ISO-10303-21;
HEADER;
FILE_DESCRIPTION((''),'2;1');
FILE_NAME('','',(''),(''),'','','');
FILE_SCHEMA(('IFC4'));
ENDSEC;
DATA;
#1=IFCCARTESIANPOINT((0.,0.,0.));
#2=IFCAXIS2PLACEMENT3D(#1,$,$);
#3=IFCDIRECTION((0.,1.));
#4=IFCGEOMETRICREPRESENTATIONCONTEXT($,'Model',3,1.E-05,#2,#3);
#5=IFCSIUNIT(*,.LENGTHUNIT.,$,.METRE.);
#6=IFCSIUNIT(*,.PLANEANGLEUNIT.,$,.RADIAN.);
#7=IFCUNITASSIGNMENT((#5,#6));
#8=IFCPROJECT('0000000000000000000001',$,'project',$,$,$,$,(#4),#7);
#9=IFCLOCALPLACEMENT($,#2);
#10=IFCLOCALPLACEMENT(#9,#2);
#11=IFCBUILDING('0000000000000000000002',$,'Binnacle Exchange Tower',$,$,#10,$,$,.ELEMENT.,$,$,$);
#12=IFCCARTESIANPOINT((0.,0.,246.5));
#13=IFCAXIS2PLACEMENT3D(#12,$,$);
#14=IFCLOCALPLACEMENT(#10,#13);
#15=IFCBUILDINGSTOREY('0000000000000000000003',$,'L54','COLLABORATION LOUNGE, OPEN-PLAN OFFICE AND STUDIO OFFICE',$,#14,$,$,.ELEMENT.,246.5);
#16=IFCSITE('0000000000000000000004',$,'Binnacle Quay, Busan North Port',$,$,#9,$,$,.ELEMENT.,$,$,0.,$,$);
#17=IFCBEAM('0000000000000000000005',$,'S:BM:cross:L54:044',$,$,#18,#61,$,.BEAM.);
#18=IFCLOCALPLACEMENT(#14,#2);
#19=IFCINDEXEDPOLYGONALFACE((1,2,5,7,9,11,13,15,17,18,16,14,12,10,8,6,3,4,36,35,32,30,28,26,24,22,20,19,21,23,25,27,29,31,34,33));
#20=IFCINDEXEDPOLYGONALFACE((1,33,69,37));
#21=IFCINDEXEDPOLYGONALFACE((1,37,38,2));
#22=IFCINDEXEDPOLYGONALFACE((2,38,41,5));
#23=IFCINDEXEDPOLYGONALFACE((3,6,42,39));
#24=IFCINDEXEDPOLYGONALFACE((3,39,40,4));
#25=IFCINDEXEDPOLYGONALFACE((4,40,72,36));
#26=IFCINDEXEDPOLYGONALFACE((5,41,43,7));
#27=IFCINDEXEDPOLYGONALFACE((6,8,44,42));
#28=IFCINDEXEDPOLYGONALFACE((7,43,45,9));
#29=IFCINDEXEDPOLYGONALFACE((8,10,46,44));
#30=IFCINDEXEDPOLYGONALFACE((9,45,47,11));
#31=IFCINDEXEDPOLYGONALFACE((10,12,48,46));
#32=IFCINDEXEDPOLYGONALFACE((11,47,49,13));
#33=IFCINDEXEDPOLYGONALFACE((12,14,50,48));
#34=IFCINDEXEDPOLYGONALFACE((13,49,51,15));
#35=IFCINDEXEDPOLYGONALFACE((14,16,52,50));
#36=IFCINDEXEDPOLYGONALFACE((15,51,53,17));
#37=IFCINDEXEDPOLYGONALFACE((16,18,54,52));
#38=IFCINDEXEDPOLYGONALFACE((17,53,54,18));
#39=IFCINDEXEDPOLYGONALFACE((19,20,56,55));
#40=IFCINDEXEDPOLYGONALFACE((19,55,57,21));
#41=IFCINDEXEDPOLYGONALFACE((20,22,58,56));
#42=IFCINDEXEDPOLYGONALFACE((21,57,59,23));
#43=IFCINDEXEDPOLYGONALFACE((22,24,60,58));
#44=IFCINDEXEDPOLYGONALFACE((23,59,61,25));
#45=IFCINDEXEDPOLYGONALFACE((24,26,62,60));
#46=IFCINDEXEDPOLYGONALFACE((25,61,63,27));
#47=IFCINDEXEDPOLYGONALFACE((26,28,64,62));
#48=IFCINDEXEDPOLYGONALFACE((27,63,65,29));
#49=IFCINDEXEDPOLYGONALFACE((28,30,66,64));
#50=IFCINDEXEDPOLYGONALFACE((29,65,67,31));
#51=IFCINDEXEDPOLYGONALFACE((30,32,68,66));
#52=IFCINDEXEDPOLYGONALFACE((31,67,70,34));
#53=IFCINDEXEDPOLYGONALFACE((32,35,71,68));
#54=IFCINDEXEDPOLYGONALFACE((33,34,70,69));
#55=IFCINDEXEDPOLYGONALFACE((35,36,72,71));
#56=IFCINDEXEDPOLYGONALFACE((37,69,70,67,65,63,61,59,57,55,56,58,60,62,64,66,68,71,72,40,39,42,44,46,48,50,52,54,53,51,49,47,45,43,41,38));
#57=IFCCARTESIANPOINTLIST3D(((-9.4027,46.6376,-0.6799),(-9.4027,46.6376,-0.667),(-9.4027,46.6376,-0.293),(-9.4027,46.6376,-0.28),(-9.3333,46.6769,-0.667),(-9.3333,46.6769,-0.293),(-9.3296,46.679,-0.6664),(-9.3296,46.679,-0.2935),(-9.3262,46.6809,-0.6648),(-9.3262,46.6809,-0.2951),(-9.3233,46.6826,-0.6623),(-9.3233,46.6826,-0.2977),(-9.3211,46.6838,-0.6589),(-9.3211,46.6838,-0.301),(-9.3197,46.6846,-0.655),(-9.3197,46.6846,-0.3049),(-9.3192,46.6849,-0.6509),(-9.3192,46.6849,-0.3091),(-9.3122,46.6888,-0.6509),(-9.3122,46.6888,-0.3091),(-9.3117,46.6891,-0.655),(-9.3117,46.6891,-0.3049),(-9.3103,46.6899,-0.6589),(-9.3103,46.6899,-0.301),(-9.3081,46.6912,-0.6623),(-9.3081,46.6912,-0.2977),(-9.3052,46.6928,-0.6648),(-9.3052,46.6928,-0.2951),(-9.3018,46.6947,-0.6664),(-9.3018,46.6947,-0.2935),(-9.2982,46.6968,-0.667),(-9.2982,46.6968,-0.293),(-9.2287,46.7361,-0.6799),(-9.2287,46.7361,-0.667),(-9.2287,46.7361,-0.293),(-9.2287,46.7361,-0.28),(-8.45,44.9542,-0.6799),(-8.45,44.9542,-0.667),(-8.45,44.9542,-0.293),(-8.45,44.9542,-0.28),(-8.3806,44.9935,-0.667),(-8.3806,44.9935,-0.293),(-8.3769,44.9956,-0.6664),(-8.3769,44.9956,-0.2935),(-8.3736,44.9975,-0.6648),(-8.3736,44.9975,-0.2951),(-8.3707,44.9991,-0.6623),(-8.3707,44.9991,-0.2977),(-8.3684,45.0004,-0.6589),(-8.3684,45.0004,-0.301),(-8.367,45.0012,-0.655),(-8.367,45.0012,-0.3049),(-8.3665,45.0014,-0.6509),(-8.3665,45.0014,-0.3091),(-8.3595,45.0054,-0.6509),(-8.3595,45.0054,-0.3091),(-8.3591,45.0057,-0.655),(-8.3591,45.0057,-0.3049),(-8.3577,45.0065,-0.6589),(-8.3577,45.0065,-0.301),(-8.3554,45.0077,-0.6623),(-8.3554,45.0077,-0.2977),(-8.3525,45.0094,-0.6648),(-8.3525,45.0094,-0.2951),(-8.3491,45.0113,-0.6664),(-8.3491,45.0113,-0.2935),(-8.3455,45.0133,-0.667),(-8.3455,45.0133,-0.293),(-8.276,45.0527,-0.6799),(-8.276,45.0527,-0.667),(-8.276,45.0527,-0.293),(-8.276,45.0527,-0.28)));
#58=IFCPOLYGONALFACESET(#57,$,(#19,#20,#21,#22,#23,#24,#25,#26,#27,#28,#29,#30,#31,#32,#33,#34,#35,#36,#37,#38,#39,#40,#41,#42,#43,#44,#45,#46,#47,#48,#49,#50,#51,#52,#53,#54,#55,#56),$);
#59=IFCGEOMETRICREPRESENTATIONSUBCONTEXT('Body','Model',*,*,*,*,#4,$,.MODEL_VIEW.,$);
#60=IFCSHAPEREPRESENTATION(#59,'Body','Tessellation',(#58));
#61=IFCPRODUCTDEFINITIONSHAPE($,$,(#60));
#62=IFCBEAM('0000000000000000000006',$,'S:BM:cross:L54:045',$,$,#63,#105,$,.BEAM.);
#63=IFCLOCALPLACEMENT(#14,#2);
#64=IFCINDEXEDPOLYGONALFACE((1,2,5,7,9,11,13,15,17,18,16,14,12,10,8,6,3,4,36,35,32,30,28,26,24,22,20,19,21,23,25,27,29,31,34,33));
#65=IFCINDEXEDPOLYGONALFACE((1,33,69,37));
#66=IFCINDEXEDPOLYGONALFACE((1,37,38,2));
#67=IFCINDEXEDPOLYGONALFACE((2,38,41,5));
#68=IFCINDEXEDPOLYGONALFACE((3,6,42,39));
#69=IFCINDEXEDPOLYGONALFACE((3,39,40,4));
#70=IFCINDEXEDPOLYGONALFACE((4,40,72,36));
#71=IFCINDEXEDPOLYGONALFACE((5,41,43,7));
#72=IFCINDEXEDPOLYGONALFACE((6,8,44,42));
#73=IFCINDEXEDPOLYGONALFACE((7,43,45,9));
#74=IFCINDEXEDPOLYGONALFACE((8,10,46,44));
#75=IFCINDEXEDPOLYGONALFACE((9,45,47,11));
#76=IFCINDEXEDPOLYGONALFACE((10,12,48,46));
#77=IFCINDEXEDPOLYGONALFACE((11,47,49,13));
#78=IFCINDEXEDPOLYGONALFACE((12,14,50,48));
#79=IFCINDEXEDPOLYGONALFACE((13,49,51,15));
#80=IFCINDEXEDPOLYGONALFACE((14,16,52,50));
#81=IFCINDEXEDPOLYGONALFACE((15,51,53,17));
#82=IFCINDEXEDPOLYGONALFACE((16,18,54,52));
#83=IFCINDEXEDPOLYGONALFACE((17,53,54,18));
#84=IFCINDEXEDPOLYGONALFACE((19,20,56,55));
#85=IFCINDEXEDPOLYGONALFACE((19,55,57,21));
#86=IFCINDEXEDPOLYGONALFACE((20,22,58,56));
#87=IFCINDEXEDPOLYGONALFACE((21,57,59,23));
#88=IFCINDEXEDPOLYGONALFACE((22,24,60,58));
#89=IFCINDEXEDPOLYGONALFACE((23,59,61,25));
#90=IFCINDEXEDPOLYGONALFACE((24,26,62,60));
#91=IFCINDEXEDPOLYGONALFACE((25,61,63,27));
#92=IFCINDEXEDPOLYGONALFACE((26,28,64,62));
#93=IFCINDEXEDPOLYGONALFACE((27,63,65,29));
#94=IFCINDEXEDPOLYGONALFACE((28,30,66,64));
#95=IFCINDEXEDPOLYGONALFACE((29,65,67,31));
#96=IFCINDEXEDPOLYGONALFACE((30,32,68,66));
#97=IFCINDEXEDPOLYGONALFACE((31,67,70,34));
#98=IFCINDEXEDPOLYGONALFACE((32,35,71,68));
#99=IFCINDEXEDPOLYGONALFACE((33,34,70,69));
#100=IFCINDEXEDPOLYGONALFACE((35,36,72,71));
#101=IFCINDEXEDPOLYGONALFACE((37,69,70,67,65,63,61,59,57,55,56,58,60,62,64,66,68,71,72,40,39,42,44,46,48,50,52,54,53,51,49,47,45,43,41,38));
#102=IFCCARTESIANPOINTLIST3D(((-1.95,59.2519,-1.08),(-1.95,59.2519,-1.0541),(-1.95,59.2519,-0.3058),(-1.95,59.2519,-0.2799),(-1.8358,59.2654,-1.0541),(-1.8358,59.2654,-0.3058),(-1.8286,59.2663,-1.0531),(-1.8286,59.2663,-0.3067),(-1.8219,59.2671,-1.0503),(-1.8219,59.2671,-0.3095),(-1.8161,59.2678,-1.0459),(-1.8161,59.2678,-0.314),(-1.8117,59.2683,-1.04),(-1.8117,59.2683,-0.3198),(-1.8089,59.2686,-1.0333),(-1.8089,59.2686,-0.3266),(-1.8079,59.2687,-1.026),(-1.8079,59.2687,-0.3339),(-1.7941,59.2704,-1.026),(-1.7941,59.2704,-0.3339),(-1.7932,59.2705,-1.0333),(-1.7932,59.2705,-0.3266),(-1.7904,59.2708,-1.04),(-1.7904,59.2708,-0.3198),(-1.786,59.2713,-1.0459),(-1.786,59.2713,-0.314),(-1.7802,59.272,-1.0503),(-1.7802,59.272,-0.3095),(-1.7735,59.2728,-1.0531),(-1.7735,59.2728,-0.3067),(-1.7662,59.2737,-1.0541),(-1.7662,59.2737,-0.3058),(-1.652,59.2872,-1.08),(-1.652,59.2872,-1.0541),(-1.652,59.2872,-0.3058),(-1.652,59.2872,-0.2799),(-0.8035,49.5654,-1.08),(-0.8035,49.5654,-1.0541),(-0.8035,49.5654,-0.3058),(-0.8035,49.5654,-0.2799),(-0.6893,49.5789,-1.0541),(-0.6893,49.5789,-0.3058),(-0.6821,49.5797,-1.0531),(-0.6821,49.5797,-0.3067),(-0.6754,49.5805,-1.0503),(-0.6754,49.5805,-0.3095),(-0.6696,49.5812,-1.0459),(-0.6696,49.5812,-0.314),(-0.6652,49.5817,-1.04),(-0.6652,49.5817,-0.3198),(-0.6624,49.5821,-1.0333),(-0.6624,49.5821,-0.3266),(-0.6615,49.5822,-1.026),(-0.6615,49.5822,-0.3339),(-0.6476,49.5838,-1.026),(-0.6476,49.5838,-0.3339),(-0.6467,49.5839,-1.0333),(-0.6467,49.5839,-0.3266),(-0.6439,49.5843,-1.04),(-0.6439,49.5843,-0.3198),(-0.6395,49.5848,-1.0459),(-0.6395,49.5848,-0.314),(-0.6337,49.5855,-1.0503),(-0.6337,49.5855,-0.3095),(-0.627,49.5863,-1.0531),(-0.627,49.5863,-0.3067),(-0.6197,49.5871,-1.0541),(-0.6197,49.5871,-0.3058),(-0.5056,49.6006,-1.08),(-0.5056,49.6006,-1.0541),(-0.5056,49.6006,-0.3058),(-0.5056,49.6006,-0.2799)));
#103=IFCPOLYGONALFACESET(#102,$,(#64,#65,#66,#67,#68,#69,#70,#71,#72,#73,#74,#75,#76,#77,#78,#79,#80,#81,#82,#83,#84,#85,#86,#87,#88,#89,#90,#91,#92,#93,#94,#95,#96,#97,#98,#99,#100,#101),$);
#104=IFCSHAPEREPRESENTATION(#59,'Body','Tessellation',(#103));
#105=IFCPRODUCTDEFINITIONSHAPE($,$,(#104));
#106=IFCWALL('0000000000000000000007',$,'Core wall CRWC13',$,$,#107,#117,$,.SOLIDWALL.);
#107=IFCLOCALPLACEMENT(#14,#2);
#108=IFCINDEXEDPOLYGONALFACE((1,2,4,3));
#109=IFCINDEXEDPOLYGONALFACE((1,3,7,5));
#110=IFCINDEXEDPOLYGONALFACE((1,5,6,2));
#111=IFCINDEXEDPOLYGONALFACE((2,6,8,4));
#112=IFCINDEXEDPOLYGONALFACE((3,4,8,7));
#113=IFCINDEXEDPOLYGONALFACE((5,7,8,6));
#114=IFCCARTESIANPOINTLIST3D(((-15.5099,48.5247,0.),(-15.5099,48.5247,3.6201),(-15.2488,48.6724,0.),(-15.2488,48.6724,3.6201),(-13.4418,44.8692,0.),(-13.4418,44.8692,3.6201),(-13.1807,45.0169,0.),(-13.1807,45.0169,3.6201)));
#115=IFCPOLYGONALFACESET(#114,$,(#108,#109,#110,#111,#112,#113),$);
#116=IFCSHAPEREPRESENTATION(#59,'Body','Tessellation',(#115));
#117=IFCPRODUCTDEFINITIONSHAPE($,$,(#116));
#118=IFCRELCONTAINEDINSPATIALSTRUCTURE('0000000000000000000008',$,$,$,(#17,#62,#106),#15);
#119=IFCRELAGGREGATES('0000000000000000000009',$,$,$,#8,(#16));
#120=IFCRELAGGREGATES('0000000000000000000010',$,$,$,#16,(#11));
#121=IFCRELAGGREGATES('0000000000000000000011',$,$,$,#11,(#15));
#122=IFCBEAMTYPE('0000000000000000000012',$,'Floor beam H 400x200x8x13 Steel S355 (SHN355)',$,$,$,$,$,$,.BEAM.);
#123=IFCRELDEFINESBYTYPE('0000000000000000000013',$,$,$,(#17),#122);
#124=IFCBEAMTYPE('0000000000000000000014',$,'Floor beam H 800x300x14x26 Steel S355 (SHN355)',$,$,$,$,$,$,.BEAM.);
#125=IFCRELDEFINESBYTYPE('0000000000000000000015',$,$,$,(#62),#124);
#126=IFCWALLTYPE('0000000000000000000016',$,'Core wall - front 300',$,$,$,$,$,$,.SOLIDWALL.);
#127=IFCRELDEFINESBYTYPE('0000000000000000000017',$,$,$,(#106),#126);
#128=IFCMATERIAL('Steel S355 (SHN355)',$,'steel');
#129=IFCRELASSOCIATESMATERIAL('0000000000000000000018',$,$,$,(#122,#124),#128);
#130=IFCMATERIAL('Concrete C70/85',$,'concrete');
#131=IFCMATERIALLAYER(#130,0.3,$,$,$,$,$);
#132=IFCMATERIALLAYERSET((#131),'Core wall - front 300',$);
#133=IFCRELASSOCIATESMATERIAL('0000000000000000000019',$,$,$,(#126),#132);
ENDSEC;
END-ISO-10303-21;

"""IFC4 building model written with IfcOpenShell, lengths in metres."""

from ifc_helpers import new_model, si_unit, direction, frame, frame_2d, origin, origin_2d, place, context, subcontext, project, spatial, rectangle, i_section, extrude, material, layer, layer_set, material_profile, profile_set, type_object, element, save


model = new_model("IFC4")

# Units and contexts
model_context = context("Model", 3, precision=1e-05, world=origin(), true_north=direction((0.0, 1.0)))
body_context = subcontext(model_context, "Body", "Model", "MODEL_VIEW")
ifc_project = project(units=[si_unit("LENGTHUNIT", "METRE"), si_unit("PLANEANGLEUNIT", "RADIAN")], contexts=[model_context])

# Site, building, storey
site_placement = place(None, origin())
site = spatial("IfcSite", under=ifc_project, at=site_placement, Name="Binnacle Quay, Busan North Port", CompositionType="ELEMENT", RefElevation=0.0)
building_placement = place(site_placement, origin())
building = spatial("IfcBuilding", under=site, at=building_placement, Name="Binnacle Exchange Tower", CompositionType="ELEMENT")
storey_placement = place(building_placement, frame((0.0, 0.0, 246.5)))
storey = spatial("IfcBuildingStorey", under=building, at=storey_placement, Name="L54", Description="COLLABORATION LOUNGE, OPEN-PLAN OFFICE AND STUDIO OFFICE", CompositionType="ELEMENT", Elevation=246.5)

# Beams
ifc_material_1 = material(Name="Steel S355 (SHN355)", Category="steel")
ifc_material_profile_1 = material_profile(ifc_material_1, i_section(OverallWidth=0.2, OverallDepth=0.3999, WebThickness=0.0081, FlangeThickness=0.0129, FilletRadius=0.0161, at=origin_2d()), Name="H 400x200x8x13")
ifc_profile_set_1 = profile_set([ifc_material_profile_1], Name="Steel S355 (SHN355)")
beam_type_1 = type_object("IfcBeamType", Name="Floor beam H 400x200x8x13 Steel S355 (SHN355)", PredefinedType="BEAM", material=ifc_profile_set_1)
for number, where, z_axis, x_axis, name in (
    (1, (-8.363, 45.0034, -0.48), (-0.492519, 0.870302, 0.0), (-0.870302, -0.492519, 0.0), "S:BM:cross:L54:044"),
):
    element("IfcBeam", number, at=place(storey_placement, frame(where, z_axis=z_axis, x_axis=x_axis)), inside=storey, type_object=beam_type_1, Name=name, PredefinedType="BEAM", context=body_context, shape_type="SweptSolid", body=[
        extrude(i_section(OverallWidth=0.2, OverallDepth=0.3999, WebThickness=0.0081, FlangeThickness=0.0129, FilletRadius=0.0161, at=origin_2d()), origin(), (0.0, 0.0, 1.0), 1.9343),
    ])
ifc_material_profile_2 = material_profile(ifc_material_1, i_section(OverallWidth=0.3, OverallDepth=0.8, WebThickness=0.0139, FlangeThickness=0.0259, FilletRadius=0.0281, at=origin_2d()), Name="H 800x300x14x26")
ifc_profile_set_2 = profile_set([ifc_material_profile_2], Name="Steel S355 (SHN355)")
beam_type_2 = type_object("IfcBeamType", Name="Floor beam H 800x300x14x26 Steel S355 (SHN355)", PredefinedType="BEAM", material=ifc_profile_set_2)
beam_1_placement = place(storey_placement, frame((-0.6545, 49.583, -0.6799), z_axis=(-0.117538, 0.993068, 0.0), x_axis=(-0.993068, -0.117538, 0.0)))
element("IfcBeam", 2, at=beam_1_placement, inside=storey, type_object=beam_type_2, Name="S:BM:cross:L54:045", PredefinedType="BEAM", context=body_context, shape_type="SweptSolid", body=[
    extrude(i_section(OverallWidth=0.3, OverallDepth=0.8, WebThickness=0.0139, FlangeThickness=0.0259, FilletRadius=0.0281, at=origin_2d()), origin(), (0.0, 0.0, 1.0), 9.7542),
])

# Wall
ifc_material_2 = material(Name="Concrete C70/85", Category="concrete")
ifc_layer_1 = layer(ifc_material_2, 0.3)
ifc_layer_set_1 = layer_set([ifc_layer_1], Name="Core wall - front 300")
wall_type = type_object("IfcWallType", Name="Core wall - front 300", PredefinedType="SOLIDWALL", material=ifc_layer_set_1)
wall_placement = place(storey_placement, frame((-15.3794, 48.5986, 0.0), z_axis=(0.0, 0.0, 1.0), x_axis=(0.49241, -0.870364, 0.0)))
element("IfcWall", 3, at=wall_placement, inside=storey, type_object=wall_type, Name="Core wall CRWC13", PredefinedType="SOLIDWALL", context=body_context, shape_type="SweptSolid", body=[
    extrude(rectangle(XDim=4.2, YDim=0.3, at=frame_2d((2.1001, 0.0))), origin(), (0.0, 0.0, 1.0), 3.6201),
])

save(model, "model.ifc")
